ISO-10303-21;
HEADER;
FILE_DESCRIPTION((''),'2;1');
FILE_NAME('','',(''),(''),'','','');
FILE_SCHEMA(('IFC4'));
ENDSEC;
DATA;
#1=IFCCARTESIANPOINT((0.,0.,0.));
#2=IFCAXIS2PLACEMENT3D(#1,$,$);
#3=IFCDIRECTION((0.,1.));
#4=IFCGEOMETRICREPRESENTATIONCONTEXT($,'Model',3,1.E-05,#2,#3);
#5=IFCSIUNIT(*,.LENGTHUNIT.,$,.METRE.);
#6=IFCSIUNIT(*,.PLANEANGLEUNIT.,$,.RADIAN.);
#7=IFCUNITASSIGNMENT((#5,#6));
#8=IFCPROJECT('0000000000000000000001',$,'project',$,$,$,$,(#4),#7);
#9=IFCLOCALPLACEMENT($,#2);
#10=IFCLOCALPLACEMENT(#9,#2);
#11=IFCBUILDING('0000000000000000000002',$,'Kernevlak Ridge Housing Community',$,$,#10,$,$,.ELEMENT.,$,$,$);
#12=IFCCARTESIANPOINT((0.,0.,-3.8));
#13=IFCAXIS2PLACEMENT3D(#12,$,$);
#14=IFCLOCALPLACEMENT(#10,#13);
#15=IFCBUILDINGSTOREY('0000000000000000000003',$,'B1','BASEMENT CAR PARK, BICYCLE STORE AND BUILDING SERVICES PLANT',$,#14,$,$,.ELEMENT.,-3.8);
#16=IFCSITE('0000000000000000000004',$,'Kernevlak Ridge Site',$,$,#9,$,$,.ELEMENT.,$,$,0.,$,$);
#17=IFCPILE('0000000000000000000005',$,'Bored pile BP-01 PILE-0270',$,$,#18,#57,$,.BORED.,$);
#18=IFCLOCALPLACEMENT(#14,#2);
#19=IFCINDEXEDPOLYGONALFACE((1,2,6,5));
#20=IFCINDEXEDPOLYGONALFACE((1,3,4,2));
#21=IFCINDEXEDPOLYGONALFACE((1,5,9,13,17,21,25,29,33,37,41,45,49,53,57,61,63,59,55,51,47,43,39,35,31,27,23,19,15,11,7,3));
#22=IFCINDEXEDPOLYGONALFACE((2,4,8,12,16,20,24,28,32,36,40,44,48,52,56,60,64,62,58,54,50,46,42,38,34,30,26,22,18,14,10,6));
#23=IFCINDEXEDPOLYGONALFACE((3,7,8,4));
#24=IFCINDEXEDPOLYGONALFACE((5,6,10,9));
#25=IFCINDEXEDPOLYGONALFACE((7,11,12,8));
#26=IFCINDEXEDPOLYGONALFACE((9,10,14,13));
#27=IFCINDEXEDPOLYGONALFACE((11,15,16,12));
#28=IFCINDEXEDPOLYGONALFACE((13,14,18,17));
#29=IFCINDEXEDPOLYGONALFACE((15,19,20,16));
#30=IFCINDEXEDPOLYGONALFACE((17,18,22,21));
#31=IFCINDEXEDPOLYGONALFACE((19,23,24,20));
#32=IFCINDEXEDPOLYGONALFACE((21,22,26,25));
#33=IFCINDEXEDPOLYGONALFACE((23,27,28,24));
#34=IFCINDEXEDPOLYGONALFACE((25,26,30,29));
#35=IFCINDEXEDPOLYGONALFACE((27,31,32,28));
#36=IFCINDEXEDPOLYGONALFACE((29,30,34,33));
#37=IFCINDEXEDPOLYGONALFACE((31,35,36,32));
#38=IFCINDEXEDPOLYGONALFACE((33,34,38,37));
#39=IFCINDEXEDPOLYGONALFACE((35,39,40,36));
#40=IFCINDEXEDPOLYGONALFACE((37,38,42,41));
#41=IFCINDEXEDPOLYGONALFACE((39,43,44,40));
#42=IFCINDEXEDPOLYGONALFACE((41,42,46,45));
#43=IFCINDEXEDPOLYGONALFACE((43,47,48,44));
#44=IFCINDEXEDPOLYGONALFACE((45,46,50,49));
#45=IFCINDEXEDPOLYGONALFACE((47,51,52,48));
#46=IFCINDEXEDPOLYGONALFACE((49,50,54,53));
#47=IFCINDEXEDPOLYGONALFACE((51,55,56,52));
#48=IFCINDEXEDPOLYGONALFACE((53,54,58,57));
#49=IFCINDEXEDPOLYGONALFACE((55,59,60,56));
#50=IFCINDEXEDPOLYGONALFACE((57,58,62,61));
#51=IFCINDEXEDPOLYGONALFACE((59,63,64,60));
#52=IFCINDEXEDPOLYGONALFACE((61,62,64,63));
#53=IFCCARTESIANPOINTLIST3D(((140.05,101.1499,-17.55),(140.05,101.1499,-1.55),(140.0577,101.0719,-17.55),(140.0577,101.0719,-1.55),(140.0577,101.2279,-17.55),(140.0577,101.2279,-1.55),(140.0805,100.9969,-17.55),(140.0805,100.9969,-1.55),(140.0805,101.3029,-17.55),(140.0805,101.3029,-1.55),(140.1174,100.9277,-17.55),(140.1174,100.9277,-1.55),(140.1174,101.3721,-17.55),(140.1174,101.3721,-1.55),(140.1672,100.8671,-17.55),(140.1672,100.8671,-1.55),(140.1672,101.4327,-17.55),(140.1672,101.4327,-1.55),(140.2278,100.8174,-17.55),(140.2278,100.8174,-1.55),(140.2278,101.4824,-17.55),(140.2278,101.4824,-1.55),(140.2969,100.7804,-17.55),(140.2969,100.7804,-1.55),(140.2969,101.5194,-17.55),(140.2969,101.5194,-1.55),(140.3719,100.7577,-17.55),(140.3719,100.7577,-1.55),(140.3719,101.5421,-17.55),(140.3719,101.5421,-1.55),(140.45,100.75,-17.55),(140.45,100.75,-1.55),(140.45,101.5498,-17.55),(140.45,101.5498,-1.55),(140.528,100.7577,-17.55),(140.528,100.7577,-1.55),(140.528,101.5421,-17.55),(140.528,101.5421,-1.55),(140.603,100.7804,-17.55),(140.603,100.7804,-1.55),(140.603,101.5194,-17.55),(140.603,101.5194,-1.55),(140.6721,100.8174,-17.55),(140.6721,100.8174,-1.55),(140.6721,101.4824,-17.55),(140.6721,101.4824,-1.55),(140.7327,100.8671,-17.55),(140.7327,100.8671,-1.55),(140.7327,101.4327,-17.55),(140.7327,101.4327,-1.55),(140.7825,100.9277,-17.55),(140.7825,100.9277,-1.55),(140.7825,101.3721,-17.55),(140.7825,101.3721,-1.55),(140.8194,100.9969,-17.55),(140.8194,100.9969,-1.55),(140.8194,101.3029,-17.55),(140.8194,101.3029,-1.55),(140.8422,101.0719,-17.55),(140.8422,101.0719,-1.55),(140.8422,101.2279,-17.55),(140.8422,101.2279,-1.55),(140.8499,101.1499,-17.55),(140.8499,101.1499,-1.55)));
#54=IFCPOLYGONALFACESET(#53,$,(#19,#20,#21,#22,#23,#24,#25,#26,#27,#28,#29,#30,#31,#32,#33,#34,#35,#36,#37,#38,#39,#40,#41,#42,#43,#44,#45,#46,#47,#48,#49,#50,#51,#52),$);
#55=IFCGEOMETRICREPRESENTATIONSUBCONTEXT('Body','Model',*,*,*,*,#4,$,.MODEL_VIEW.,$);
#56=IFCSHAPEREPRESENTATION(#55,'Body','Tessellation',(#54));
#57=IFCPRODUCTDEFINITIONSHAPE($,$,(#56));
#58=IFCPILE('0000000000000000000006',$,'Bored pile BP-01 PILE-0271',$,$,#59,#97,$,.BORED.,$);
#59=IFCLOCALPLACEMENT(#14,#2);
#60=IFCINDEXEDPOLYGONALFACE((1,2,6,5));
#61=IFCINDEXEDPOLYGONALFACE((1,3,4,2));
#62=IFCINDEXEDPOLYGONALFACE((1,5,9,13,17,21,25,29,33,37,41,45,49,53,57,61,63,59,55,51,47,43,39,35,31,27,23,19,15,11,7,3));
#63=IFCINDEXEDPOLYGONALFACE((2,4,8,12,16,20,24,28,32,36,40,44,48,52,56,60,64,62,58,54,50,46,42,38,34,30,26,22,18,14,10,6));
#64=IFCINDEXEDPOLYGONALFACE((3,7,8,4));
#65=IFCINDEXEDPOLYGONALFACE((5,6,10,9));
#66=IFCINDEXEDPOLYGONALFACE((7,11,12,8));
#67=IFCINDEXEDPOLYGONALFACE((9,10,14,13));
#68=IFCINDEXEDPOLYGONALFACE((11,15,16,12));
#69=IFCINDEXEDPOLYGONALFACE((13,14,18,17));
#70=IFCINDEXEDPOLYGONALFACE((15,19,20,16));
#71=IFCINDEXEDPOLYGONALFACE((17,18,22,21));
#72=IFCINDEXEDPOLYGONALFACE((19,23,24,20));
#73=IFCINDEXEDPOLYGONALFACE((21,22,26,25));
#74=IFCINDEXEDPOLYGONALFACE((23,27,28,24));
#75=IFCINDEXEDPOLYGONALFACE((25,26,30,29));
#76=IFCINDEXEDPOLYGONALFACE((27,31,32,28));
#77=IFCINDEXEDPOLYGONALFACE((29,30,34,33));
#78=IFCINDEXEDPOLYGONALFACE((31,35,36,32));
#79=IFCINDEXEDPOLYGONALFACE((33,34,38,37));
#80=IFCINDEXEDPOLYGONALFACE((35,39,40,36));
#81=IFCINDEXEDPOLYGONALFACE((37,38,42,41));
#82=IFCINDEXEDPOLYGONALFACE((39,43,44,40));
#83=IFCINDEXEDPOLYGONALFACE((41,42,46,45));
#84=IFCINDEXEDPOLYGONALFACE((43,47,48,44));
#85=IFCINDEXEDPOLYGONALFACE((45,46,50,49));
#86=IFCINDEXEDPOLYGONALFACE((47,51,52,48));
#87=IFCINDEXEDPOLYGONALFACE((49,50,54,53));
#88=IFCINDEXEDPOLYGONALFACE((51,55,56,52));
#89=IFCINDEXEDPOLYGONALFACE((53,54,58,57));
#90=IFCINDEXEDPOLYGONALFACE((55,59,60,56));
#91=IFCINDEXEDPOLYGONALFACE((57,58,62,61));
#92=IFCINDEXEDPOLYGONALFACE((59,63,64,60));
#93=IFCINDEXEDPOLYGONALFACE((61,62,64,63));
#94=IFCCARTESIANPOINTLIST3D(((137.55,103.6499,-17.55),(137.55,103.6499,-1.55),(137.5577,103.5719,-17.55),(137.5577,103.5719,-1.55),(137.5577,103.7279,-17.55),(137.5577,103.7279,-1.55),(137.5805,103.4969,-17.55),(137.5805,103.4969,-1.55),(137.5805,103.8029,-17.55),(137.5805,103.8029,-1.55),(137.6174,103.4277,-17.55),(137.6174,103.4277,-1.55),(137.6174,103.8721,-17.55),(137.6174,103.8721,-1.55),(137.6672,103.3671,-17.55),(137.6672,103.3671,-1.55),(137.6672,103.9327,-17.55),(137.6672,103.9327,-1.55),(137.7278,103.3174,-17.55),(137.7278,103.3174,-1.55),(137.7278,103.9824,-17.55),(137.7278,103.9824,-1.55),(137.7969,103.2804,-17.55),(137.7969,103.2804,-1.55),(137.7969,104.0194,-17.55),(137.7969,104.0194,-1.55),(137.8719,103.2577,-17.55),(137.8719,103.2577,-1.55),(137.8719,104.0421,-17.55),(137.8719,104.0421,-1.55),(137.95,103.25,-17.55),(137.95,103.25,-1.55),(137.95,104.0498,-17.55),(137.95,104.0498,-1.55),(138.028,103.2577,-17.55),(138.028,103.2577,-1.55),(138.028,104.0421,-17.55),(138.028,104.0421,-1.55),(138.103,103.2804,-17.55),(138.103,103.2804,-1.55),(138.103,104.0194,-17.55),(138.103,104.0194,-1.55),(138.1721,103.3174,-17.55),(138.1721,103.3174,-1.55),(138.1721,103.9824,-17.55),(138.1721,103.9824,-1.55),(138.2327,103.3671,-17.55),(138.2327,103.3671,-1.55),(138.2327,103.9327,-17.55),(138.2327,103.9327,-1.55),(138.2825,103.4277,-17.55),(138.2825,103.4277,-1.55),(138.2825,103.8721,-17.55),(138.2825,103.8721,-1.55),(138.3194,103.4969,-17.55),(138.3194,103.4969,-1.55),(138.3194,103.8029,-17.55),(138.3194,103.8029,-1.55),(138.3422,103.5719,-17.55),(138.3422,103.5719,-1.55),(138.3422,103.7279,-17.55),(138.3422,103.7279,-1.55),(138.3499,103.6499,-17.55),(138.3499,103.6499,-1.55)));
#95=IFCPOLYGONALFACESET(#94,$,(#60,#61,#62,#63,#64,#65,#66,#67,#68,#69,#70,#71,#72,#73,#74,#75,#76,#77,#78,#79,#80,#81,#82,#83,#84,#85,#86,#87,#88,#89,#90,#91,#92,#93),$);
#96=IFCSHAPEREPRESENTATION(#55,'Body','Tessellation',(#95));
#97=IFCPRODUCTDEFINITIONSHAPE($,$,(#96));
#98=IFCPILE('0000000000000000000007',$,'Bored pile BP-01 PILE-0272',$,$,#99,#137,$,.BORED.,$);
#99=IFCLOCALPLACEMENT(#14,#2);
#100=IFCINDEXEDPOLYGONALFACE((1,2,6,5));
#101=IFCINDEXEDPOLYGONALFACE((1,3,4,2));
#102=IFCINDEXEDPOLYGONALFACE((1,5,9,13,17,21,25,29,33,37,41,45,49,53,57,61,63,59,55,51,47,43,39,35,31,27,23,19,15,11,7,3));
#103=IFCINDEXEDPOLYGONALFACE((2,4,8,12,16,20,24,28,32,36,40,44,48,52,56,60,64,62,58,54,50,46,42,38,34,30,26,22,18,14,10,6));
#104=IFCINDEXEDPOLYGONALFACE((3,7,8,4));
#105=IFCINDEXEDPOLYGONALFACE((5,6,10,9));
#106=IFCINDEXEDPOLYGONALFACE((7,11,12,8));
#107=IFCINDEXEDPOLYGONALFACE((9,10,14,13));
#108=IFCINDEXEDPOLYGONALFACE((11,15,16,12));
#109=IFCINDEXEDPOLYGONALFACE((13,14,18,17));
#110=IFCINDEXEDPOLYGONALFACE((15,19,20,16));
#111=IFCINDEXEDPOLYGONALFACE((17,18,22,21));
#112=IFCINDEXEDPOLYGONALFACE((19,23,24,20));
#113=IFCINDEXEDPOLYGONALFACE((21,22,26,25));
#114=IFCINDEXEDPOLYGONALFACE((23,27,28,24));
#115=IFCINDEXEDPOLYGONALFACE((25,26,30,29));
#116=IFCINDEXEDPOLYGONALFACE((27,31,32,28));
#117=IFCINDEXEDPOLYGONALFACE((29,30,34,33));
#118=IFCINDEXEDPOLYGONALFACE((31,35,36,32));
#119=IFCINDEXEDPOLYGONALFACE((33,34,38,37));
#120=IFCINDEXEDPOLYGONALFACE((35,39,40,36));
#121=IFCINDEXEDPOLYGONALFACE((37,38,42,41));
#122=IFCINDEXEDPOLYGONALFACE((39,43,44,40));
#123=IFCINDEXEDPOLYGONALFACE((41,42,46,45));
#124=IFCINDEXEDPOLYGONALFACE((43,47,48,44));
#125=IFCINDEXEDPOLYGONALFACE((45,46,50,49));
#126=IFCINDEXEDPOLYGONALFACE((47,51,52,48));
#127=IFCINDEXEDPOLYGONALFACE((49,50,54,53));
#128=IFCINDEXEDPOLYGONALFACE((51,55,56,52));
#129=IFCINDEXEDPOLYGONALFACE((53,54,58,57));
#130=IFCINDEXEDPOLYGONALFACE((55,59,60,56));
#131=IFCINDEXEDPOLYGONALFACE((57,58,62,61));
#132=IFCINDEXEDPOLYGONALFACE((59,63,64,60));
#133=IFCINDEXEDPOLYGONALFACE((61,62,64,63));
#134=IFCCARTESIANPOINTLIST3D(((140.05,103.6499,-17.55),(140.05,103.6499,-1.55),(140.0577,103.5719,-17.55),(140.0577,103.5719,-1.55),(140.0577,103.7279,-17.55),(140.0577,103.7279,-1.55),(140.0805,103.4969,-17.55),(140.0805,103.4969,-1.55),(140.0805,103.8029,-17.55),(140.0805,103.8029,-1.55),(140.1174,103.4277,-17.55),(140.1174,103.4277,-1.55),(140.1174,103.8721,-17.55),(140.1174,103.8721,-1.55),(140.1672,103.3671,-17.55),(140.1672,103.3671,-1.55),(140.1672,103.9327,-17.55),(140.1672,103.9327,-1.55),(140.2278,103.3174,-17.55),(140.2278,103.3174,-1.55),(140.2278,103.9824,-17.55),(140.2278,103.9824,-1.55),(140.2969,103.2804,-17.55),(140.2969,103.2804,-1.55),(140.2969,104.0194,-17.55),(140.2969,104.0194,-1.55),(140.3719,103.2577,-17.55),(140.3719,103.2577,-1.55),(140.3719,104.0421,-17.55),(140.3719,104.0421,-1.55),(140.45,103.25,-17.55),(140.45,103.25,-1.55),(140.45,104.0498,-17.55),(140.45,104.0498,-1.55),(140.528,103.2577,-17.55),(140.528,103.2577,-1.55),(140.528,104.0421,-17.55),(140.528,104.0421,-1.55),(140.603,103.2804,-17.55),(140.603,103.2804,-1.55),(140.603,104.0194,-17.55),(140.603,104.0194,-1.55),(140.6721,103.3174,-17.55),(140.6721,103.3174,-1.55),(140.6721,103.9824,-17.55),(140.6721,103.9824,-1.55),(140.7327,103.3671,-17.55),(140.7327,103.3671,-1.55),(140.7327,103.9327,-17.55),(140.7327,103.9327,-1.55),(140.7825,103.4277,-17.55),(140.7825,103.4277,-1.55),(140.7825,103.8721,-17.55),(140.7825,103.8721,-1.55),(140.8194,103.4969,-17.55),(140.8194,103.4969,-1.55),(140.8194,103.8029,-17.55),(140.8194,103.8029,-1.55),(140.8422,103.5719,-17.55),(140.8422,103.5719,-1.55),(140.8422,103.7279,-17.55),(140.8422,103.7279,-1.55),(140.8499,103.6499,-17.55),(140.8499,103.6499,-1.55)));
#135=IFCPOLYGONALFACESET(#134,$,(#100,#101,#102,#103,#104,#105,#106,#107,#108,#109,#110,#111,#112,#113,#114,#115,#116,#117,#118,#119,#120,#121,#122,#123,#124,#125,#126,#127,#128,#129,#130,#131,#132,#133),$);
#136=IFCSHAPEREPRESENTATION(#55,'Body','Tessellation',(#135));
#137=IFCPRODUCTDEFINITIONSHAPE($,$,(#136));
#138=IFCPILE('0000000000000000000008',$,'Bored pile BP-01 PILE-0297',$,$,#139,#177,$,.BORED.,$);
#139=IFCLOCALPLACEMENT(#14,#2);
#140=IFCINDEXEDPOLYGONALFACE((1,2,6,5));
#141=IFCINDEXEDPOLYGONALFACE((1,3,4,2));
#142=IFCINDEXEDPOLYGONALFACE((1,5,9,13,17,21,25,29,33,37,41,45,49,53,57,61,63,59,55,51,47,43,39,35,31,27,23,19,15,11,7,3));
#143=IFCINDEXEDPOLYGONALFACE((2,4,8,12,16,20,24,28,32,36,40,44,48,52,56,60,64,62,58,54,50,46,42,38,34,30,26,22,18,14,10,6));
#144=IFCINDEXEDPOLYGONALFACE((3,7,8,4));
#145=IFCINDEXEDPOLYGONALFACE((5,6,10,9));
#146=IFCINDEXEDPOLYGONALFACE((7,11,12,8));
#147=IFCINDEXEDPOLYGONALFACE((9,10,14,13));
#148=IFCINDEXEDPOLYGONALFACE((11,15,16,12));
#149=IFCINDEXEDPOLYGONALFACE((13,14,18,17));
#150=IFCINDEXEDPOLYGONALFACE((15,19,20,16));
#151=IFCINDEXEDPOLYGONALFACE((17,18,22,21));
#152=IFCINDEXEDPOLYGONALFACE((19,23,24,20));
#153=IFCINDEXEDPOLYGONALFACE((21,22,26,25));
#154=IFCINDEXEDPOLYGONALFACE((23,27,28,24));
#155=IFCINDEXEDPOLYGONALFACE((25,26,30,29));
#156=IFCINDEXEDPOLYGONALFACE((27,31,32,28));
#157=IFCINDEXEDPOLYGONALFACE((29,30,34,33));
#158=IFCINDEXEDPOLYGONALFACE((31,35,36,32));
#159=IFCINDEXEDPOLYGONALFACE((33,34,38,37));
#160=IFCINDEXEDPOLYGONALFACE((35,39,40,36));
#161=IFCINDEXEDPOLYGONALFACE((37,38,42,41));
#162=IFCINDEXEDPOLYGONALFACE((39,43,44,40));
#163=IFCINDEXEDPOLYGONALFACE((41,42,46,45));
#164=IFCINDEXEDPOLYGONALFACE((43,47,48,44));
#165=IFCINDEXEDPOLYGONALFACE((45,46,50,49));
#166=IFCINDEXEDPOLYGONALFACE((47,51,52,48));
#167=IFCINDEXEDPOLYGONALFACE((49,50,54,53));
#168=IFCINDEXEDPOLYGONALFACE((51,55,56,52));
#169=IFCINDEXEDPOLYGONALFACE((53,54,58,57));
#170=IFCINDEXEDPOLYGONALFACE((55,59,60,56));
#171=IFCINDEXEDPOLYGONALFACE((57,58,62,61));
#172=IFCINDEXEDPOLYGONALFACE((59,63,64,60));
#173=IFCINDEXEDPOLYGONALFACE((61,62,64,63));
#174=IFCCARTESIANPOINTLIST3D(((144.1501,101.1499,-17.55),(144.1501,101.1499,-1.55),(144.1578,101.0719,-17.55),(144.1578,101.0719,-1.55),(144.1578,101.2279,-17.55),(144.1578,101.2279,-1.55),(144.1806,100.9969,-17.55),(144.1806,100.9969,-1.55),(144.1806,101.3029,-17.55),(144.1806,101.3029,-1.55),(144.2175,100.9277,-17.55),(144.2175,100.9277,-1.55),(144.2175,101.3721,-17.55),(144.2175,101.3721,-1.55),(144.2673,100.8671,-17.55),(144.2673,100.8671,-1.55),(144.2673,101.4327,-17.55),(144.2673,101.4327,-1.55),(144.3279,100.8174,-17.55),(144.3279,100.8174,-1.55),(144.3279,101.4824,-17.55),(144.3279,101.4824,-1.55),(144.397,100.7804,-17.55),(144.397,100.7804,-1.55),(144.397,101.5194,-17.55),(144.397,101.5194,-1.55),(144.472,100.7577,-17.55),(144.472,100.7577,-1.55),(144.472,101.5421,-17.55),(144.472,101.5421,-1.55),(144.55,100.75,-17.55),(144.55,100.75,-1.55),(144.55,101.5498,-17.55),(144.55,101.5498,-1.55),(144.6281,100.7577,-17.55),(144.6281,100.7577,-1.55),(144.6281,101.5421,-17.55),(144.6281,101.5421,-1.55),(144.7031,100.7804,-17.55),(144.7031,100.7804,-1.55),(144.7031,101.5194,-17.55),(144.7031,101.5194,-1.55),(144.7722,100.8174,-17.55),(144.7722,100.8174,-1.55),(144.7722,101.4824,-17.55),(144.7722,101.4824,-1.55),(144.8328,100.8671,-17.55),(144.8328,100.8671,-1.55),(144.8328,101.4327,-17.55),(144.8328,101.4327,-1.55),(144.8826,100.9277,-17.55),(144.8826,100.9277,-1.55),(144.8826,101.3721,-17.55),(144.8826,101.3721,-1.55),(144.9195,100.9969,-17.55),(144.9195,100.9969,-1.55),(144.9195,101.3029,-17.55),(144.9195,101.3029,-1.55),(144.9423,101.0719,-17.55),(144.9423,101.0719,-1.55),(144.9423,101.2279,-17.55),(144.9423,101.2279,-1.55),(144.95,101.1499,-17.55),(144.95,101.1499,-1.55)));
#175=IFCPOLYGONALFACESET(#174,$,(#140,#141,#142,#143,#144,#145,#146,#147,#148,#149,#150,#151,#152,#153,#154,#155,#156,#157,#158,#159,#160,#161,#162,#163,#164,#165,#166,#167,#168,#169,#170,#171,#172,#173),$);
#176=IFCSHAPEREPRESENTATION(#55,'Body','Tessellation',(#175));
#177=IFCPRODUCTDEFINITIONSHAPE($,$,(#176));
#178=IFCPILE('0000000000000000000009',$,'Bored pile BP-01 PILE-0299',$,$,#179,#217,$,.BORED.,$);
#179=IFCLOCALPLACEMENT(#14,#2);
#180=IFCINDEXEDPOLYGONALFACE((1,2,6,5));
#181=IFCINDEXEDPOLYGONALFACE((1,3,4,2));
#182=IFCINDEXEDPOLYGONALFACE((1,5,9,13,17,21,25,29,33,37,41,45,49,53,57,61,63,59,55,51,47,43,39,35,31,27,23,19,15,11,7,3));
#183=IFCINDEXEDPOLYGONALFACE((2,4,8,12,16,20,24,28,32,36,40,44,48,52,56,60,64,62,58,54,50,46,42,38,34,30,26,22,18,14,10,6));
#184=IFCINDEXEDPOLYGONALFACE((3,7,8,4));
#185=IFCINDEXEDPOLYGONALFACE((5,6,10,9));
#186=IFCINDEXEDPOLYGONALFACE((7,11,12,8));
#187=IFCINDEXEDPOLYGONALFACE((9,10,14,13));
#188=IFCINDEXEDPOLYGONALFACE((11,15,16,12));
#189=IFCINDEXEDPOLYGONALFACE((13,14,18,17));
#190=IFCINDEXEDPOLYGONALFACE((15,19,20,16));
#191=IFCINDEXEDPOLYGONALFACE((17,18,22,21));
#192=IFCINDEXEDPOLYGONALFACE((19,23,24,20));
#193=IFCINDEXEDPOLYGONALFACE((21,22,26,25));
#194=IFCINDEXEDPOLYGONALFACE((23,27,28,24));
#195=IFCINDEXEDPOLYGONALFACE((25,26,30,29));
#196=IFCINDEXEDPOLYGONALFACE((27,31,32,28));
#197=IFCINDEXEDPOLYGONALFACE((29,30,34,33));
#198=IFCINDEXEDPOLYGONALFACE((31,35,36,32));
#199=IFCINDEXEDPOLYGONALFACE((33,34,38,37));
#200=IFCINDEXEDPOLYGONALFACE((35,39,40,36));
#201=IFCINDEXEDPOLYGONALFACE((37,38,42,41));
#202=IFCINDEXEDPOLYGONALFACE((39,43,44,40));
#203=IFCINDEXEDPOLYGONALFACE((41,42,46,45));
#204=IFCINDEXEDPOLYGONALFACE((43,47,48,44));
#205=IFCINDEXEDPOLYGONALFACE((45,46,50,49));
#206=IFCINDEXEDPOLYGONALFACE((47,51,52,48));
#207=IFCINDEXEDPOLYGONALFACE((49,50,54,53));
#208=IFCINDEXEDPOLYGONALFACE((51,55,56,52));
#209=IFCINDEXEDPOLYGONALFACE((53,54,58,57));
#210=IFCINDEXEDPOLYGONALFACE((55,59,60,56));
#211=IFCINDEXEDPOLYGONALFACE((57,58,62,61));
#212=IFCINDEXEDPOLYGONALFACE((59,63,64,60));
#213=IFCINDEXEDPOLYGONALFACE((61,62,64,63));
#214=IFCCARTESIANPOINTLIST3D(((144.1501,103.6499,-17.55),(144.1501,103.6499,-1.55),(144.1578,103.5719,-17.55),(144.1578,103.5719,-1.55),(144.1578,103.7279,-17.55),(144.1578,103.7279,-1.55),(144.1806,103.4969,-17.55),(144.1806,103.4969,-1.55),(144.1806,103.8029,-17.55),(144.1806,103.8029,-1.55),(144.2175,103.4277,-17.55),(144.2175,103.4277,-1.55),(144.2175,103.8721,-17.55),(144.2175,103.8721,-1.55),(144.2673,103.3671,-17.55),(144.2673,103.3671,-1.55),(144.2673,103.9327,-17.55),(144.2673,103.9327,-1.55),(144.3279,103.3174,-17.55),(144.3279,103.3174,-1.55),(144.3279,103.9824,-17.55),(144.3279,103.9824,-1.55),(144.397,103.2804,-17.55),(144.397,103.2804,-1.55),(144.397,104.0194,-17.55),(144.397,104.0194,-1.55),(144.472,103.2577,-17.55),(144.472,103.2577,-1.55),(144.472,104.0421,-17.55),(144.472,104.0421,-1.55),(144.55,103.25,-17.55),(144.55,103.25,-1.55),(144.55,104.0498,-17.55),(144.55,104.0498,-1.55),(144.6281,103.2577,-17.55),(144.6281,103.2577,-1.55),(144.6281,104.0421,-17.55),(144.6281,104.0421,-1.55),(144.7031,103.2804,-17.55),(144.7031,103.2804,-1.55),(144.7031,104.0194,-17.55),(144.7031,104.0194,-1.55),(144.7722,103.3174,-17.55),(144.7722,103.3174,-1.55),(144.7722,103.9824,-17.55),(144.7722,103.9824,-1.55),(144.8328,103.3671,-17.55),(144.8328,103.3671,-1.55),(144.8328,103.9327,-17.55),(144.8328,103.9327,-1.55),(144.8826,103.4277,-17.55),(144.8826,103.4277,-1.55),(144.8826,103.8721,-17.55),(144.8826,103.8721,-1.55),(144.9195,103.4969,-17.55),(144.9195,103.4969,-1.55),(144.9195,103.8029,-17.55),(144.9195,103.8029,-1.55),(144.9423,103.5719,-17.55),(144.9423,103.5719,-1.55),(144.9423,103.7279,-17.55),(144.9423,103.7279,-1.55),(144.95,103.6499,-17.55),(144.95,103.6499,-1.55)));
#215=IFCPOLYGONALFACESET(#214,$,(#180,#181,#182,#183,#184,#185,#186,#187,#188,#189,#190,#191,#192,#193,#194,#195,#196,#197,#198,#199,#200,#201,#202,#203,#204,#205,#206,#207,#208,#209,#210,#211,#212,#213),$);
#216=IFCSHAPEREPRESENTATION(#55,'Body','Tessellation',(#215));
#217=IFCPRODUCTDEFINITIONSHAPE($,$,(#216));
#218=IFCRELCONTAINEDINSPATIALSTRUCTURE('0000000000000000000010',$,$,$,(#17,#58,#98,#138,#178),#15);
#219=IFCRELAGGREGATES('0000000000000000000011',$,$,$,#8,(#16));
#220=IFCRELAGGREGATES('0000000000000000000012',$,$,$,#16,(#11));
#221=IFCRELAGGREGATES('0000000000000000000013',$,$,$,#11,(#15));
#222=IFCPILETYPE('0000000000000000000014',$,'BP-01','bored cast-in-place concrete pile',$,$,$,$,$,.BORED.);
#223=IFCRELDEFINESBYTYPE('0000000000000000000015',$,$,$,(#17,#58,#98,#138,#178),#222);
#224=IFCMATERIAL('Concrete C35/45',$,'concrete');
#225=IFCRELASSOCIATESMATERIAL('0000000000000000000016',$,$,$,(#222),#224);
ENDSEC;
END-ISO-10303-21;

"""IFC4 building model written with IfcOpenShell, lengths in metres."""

from ifc_helpers import new_model, si_unit, direction, frame, origin, origin_2d, place, context, subcontext, project, spatial, circle, extrude, material, material_profile, profile_set, type_object, element, save


model = new_model("IFC4")

# Units and contexts
model_context = context("Model", 3, precision=1e-05, world=origin(), true_north=direction((0.0, 1.0)))
body_context = subcontext(model_context, "Body", "Model", "MODEL_VIEW")
ifc_project = project(units=[si_unit("LENGTHUNIT", "METRE"), si_unit("PLANEANGLEUNIT", "RADIAN")], contexts=[model_context])

# Site, building, storey
site_placement = place(None, origin())
site = spatial("IfcSite", under=ifc_project, at=site_placement, Name="Kernevlak Ridge Site", CompositionType="ELEMENT", RefElevation=0.0)
building_placement = place(site_placement, origin())
building = spatial("IfcBuilding", under=site, at=building_placement, Name="Kernevlak Ridge Housing Community", CompositionType="ELEMENT")
storey_placement = place(building_placement, frame((0.0, 0.0, -3.8)))
storey = spatial("IfcBuildingStorey", under=building, at=storey_placement, Name="B1", Description="BASEMENT CAR PARK, BICYCLE STORE AND BUILDING SERVICES PLANT", CompositionType="ELEMENT", Elevation=-3.8)

# Piles
ifc_material_1 = material(Name="Concrete C35/45", Category="concrete")
ifc_material_profile_1 = material_profile(ifc_material_1, circle(Radius=0.3999, at=origin_2d()), Name="BORED PILE 800")
ifc_profile_set_1 = profile_set([ifc_material_profile_1], Name="Concrete C35/45")
pile_type_1 = type_object("IfcPileType", Name="BP-01", Description="bored cast-in-place concrete pile", PredefinedType="BORED", material=ifc_profile_set_1)
for number, where, z_axis, x_axis, name in (
    (1, (140.45, 101.1499, -1.55), (0.0, 0.0, -1.0), (1.0, 0.0, 0.0), "Bored pile BP-01 PILE-0270"),
    (2, (137.95, 103.6499, -1.55), (0.0, 0.0, -1.0), (1.0, 0.0, 0.0), "Bored pile BP-01 PILE-0271"),
    (3, (140.45, 103.6499, -1.55), (0.0, 0.0, -1.0), (1.0, 0.0, 0.0), "Bored pile BP-01 PILE-0272"),
    (4, (144.55, 101.1499, -1.55), (0.0, 0.0, -1.0), (1.0, 0.0, 0.0), "Bored pile BP-01 PILE-0297"),
    (5, (144.55, 103.6499, -1.55), (0.0, 0.0, -1.0), (1.0, 0.0, 0.0), "Bored pile BP-01 PILE-0299"),
):
    element("IfcPile", number, at=place(storey_placement, frame(where, z_axis=z_axis, x_axis=x_axis)), inside=storey, type_object=pile_type_1, Name=name, PredefinedType="BORED", context=body_context, shape_type="SweptSolid", body=[
        extrude(circle(Radius=0.3999, at=origin_2d()), origin(), (0.0, 0.0, 1.0), 16.0),
    ])

save(model, "model.ifc")
